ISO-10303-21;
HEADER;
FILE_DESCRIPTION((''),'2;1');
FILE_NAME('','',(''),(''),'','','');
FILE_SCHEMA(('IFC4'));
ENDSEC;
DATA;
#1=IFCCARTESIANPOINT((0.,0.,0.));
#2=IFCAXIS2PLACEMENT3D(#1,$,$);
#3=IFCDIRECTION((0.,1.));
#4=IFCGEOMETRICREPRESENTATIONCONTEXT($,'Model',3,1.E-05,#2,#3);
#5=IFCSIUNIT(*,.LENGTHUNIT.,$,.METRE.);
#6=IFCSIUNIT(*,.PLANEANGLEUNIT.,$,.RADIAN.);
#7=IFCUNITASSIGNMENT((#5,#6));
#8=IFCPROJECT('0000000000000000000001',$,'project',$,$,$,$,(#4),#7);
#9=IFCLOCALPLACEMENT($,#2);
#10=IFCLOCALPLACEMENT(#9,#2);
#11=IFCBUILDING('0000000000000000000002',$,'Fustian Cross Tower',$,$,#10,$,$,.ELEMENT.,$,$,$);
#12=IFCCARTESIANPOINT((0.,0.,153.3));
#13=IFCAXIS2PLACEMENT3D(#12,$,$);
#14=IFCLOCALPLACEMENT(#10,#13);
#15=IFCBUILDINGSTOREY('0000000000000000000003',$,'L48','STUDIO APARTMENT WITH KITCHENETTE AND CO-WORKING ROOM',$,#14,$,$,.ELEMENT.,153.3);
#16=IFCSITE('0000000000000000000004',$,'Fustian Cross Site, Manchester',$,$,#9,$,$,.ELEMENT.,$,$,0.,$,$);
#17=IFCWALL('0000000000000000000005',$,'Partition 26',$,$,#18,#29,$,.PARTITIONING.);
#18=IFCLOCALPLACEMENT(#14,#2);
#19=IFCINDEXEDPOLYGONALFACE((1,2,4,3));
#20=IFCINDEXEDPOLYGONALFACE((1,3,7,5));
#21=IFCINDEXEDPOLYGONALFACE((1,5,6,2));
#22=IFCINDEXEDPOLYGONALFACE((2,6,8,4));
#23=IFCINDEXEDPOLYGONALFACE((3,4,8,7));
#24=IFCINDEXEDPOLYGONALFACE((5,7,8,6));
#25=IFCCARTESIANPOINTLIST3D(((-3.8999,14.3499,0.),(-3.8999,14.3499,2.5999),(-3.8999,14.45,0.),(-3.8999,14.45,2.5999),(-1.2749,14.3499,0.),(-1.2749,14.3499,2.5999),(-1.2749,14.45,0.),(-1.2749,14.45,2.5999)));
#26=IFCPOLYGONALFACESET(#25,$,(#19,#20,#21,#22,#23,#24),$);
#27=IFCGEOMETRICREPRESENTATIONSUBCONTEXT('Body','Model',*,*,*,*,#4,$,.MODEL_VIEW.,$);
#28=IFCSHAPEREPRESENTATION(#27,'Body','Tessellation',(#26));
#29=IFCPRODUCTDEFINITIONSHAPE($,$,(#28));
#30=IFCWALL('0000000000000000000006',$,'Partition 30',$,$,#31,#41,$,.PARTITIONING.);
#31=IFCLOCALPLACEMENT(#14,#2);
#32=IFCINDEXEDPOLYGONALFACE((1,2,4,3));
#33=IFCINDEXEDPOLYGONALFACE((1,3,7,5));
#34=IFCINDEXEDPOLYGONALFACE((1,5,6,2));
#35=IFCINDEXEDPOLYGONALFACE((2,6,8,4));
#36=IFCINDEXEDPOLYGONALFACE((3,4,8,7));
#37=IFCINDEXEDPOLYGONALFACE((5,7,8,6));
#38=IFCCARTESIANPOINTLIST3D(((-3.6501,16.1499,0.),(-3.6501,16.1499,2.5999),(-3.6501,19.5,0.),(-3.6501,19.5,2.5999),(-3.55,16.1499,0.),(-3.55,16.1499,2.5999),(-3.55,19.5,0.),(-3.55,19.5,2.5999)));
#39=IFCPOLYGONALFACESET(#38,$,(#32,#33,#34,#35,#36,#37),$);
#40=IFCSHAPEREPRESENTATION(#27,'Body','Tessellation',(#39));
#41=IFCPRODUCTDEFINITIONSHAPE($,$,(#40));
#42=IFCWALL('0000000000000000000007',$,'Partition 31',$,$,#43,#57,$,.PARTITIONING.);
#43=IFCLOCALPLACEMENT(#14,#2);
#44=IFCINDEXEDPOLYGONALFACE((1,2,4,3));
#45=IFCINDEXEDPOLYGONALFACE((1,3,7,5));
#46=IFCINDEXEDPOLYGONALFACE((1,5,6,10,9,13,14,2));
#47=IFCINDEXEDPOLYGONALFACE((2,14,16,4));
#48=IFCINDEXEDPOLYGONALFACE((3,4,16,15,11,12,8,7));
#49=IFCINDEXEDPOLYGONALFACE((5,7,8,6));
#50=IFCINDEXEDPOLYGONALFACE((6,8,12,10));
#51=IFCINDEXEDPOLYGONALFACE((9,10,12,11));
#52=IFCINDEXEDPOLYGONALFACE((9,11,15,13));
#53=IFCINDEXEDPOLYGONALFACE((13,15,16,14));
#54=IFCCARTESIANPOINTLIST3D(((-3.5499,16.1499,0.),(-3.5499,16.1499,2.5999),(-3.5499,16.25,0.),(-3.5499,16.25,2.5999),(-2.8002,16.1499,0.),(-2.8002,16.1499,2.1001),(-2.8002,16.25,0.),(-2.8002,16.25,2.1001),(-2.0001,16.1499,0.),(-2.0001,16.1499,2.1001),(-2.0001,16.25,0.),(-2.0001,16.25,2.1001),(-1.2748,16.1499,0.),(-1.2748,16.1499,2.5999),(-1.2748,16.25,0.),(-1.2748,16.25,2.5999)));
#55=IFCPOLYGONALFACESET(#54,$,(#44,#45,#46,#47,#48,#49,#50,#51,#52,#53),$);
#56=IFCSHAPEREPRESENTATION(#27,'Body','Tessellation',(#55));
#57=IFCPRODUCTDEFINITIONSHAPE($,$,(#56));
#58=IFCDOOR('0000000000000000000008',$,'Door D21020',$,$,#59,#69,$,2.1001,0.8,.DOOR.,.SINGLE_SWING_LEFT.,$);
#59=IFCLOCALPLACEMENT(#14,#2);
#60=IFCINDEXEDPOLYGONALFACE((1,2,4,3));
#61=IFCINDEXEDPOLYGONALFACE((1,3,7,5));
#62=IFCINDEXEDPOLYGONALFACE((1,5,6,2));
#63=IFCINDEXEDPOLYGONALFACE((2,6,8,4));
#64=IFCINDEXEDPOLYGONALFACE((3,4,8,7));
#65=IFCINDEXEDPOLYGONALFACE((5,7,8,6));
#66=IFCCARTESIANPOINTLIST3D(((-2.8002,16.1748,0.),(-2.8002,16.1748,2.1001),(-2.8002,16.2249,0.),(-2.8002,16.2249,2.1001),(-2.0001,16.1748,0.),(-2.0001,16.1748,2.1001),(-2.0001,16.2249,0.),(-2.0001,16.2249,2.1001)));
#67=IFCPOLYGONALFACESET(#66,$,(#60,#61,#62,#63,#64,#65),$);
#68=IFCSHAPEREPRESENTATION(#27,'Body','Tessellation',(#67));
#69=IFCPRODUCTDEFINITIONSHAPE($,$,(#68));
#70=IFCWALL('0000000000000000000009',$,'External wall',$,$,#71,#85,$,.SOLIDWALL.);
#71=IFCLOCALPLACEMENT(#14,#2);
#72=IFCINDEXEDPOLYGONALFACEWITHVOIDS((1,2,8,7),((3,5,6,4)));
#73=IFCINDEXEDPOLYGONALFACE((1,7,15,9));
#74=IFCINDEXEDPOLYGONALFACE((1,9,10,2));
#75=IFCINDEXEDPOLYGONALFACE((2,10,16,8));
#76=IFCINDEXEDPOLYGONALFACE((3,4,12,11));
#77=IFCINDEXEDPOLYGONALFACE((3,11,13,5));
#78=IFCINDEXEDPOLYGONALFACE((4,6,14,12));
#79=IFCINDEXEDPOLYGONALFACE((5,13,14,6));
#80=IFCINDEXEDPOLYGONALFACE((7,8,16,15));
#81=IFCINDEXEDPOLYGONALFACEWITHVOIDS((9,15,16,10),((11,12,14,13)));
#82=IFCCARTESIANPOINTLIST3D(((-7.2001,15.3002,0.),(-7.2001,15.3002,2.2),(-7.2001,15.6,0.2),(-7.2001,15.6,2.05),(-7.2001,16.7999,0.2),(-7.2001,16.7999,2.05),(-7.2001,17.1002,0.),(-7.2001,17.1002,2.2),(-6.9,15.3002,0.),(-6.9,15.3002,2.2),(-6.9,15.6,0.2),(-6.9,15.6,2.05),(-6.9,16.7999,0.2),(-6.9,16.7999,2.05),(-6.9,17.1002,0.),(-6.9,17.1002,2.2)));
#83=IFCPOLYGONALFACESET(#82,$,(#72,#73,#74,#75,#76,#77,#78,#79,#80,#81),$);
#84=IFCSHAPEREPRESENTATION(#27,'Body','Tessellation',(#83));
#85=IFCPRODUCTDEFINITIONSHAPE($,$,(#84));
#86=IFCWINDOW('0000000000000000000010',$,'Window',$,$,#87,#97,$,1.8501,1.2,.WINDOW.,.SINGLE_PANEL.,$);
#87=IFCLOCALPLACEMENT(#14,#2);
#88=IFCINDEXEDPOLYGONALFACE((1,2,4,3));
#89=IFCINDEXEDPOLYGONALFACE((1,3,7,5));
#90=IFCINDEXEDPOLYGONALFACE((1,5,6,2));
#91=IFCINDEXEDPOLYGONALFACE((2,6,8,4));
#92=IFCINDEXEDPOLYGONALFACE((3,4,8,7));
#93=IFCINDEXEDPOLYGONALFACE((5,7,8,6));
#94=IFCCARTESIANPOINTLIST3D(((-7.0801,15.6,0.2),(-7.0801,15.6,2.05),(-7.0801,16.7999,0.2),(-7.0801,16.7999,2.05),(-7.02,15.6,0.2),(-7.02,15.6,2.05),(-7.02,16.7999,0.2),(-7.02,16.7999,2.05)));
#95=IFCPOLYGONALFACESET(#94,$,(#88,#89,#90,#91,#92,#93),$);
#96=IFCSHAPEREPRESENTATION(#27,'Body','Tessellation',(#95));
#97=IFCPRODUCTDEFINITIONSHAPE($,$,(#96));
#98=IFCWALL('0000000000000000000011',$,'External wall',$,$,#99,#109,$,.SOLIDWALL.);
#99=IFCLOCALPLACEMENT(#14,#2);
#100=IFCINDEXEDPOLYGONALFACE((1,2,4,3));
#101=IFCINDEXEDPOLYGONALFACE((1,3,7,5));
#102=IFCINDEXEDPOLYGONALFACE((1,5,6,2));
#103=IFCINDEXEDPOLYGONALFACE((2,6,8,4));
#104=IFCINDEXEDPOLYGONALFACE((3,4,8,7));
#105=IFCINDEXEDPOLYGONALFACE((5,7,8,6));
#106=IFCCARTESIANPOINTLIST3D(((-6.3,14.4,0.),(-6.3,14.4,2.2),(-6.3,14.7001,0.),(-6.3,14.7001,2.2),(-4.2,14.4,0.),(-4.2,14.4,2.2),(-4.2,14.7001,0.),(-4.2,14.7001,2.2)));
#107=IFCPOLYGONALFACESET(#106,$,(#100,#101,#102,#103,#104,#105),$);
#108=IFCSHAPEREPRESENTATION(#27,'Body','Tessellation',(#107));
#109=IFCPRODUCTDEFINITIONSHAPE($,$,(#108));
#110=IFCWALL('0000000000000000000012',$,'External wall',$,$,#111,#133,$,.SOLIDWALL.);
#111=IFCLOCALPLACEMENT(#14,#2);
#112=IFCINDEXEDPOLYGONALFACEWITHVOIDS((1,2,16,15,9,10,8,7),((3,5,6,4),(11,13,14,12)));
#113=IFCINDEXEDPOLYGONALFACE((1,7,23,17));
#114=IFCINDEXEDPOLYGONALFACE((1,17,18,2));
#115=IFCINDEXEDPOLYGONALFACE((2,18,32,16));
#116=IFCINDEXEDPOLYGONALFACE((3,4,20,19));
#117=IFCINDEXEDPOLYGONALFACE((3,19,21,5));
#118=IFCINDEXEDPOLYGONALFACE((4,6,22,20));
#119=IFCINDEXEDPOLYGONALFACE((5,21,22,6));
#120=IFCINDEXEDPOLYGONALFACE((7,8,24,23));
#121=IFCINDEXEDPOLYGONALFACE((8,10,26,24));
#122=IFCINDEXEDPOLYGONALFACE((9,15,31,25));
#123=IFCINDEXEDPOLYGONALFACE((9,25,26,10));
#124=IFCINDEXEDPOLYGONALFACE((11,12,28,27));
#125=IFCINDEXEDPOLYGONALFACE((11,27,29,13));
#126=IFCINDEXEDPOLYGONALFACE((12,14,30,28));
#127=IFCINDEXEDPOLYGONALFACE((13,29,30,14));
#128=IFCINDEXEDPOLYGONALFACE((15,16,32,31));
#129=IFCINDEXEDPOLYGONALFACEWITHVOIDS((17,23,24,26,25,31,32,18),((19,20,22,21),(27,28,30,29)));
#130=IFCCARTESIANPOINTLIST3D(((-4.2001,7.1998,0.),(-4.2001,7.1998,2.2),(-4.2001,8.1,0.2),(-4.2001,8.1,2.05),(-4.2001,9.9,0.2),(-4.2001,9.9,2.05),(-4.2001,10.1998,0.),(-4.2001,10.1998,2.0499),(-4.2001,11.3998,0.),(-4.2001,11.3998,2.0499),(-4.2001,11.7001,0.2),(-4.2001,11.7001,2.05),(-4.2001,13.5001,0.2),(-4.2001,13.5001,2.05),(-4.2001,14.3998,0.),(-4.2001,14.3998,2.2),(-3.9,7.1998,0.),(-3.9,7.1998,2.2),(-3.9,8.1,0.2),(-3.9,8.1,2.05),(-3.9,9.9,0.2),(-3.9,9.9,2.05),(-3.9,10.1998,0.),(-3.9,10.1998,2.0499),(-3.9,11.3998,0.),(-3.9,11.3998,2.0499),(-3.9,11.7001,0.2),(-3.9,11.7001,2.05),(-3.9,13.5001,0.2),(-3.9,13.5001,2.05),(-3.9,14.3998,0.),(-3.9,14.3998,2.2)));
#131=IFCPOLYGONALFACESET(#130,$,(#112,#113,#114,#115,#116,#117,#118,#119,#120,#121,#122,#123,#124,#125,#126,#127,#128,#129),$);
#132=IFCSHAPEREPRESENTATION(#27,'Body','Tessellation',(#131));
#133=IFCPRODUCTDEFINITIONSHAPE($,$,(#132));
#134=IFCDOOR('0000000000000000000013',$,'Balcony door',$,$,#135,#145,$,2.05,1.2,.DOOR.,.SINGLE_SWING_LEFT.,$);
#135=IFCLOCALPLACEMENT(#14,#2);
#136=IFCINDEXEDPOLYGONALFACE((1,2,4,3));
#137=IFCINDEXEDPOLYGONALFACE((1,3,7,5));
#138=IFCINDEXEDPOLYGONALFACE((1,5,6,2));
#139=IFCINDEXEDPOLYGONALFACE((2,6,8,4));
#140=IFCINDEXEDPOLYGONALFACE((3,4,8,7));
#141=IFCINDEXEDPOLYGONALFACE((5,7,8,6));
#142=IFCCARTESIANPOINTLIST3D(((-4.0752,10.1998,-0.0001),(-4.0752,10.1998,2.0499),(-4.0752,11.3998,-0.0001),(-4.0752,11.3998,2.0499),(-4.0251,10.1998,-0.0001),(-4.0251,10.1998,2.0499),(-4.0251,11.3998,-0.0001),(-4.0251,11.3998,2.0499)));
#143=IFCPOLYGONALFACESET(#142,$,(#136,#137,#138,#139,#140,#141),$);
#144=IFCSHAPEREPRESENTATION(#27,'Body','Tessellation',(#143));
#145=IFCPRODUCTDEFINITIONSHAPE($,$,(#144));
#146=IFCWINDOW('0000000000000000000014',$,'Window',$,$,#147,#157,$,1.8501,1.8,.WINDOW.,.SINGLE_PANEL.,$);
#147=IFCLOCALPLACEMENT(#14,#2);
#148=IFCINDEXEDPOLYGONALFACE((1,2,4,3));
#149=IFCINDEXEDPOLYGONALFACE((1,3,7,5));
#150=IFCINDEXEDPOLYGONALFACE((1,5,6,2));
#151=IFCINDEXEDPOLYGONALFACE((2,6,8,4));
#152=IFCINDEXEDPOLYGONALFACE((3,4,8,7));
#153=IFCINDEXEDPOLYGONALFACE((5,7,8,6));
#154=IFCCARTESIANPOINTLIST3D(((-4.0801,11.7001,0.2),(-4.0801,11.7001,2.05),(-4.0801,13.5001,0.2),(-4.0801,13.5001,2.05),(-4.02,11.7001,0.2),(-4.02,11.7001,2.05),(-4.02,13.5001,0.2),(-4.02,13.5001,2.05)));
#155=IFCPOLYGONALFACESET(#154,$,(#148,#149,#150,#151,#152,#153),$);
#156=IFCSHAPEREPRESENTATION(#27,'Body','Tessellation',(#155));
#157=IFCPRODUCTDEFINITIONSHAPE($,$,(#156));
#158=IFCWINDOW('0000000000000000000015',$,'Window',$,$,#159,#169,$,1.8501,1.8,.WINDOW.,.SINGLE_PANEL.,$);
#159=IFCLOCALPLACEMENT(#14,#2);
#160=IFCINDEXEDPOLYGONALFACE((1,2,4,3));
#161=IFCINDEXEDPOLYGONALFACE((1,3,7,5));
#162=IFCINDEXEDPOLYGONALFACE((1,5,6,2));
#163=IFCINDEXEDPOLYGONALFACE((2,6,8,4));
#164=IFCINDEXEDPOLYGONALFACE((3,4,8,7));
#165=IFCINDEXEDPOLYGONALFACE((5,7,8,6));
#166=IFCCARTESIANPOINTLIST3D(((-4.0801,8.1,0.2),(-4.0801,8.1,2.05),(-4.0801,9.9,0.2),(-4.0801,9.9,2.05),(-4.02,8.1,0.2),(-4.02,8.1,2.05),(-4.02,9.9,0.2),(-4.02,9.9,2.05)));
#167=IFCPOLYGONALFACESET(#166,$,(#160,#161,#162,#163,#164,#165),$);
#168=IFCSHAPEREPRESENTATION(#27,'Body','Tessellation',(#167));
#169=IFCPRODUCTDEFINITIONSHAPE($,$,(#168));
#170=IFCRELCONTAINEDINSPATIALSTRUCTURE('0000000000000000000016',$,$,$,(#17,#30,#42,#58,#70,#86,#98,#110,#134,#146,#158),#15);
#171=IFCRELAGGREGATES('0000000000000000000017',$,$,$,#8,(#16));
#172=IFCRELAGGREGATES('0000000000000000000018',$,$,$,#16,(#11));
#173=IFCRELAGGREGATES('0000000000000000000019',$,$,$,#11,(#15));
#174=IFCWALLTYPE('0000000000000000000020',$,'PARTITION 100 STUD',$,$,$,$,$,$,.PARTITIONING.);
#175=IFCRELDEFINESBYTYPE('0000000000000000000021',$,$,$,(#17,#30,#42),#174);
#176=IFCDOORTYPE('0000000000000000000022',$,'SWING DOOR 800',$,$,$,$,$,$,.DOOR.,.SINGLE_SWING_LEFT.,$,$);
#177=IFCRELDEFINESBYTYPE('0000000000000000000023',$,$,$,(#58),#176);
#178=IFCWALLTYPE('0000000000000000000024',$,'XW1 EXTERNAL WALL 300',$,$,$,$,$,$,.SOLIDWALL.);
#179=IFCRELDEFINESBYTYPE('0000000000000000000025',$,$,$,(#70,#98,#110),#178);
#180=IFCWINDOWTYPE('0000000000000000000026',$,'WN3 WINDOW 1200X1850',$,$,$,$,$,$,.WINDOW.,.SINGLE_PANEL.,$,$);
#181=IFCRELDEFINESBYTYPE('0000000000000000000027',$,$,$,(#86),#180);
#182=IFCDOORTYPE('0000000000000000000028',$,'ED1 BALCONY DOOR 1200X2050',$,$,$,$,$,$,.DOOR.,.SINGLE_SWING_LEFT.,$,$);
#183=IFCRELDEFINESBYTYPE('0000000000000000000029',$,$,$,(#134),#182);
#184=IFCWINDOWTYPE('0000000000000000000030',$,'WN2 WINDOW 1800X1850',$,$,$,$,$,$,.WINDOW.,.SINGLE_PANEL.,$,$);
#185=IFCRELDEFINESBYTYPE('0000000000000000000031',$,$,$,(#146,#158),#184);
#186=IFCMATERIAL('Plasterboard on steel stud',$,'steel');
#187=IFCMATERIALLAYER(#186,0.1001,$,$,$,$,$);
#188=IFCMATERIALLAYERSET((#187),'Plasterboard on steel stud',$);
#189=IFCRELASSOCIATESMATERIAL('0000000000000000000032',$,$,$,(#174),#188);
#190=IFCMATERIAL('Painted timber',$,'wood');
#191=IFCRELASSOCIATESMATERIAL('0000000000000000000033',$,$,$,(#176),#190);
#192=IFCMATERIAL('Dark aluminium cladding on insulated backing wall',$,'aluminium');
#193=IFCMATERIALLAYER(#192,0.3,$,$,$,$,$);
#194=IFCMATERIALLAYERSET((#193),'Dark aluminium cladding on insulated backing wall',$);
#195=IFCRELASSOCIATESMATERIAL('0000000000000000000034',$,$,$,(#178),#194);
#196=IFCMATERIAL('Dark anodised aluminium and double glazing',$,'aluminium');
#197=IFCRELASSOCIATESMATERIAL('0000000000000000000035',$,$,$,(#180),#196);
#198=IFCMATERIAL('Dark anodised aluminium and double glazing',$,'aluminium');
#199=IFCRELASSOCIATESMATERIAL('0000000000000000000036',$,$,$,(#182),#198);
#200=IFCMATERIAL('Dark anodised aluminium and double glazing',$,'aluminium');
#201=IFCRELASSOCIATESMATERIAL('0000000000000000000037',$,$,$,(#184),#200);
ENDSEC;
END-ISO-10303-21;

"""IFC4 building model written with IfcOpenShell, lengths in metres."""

from ifc_helpers import new_model, si_unit, direction, frame, frame_2d, origin, place, context, subcontext, project, spatial, rectangle, extrude, material, layer, layer_set, type_object, element, fill, save


model = new_model("IFC4")

# Units and contexts
model_context = context("Model", 3, precision=1e-05, world=origin(), true_north=direction((0.0, 1.0)))
body_context = subcontext(model_context, "Body", "Model", "MODEL_VIEW")
ifc_project = project(units=[si_unit("LENGTHUNIT", "METRE"), si_unit("PLANEANGLEUNIT", "RADIAN")], contexts=[model_context])

# Site, building, storey
site_placement = place(None, origin())
site = spatial("IfcSite", under=ifc_project, at=site_placement, Name="Fustian Cross Site, Manchester", CompositionType="ELEMENT", RefElevation=0.0)
building_placement = place(site_placement, origin())
building = spatial("IfcBuilding", under=site, at=building_placement, Name="Fustian Cross Tower", CompositionType="ELEMENT")
storey_placement = place(building_placement, frame((0.0, 0.0, 153.3)))
storey = spatial("IfcBuildingStorey", under=building, at=storey_placement, Name="L48", Description="STUDIO APARTMENT WITH KITCHENETTE AND CO-WORKING ROOM", CompositionType="ELEMENT", Elevation=153.3)

# Walls
ifc_material_1 = material(Name="Plasterboard on steel stud", Category="steel")
ifc_layer_1 = layer(ifc_material_1, 0.1001)
ifc_layer_set_1 = layer_set([ifc_layer_1], Name="Plasterboard on steel stud")
wall_type_1 = type_object("IfcWallType", Name="PARTITION 100 STUD", PredefinedType="PARTITIONING", material=ifc_layer_set_1)
wall_1_placement = place(storey_placement, frame((-3.8999, 14.3999, 0.0), z_axis=(0.0, 0.0, 1.0), x_axis=(1.0, 0.0, 0.0)))
element("IfcWall", 1, at=wall_1_placement, inside=storey, type_object=wall_type_1, Name="Partition 26", PredefinedType="PARTITIONING", context=body_context, shape_type="SweptSolid", body=[
    extrude(rectangle(XDim=2.625, YDim=0.1001, at=frame_2d((1.3125, 0.0))), origin(), (0.0, 0.0, 1.0), 2.5999),
])
wall_2_placement = place(storey_placement, frame((-3.6001, 16.1499, 0.0), z_axis=(0.0, 0.0, 1.0), x_axis=(0.0, 1.0, 0.0)))
element("IfcWall", 2, at=wall_2_placement, inside=storey, type_object=wall_type_1, Name="Partition 30", PredefinedType="PARTITIONING", context=body_context, shape_type="SweptSolid", body=[
    extrude(rectangle(XDim=3.3501, YDim=0.1001, at=frame_2d((1.675, 0.0))), origin(), (0.0, 0.0, 1.0), 2.5999),
])

# Wall, opening, door
wall_3_placement = place(storey_placement, frame((-3.55, 16.2, 0.0), z_axis=(0.0, 0.0, 1.0), x_axis=(1.0, 0.0, 0.0)))
wall_3 = element("IfcWall", 3, at=wall_3_placement, inside=storey, type_object=wall_type_1, Name="Partition 31", PredefinedType="PARTITIONING", context=body_context, shape_type="SweptSolid", body=[
    extrude(rectangle(XDim=2.2751, YDim=0.1001, at=frame_2d((1.1377, 0.0))), origin(), (0.0, 0.0, 1.0), 2.5999),
])
opening_1_placement = place(wall_3_placement, frame((0.75, 0.0, 0.0)))
opening_1 = element("IfcOpeningElement", 4, at=opening_1_placement, cuts=wall_3, PredefinedType="OPENING", context=body_context, shape_type="SweptSolid", body=[
    extrude(rectangle(XDim=0.8, YDim=2.1001, at=frame_2d((0.3999, 1.05))), frame((0.0, 0.0601, 0.0), z_axis=(0.0, -1.0, 0.0), x_axis=(1.0, 0.0, 0.0)), (0.0, 0.0, 1.0), 0.1201),
])
ifc_material_2 = material(Name="Painted timber", Category="wood")
door_type_1 = type_object("IfcDoorType", Name="SWING DOOR 800", OperationType="SINGLE_SWING_LEFT", PredefinedType="DOOR", material=ifc_material_2)
door_1_placement = place(opening_1_placement, origin())
door_1 = element("IfcDoor", 5, at=door_1_placement, inside=storey, type_object=door_type_1, Name="Door D21020", OperationType="SINGLE_SWING_LEFT", OverallHeight=2.1001, OverallWidth=0.8, PredefinedType="DOOR", context=body_context, shape_type="SweptSolid", body=[
    extrude(rectangle(XDim=0.8, YDim=2.1001, at=frame_2d((0.3999, 1.05))), frame((0.0, 0.0249, 0.0), z_axis=(0.0, -1.0, 0.0), x_axis=(1.0, 0.0, 0.0)), (0.0, 0.0, 1.0), 0.05),
])
fill(opening_1, door_1)

# Wall, opening, window
ifc_material_3 = material(Name="Dark aluminium cladding on insulated backing wall", Category="aluminium")
ifc_layer_2 = layer(ifc_material_3, 0.3)
ifc_layer_set_2 = layer_set([ifc_layer_2], Name="Dark aluminium cladding on insulated backing wall")
wall_type_2 = type_object("IfcWallType", Name="XW1 EXTERNAL WALL 300", PredefinedType="SOLIDWALL", material=ifc_layer_set_2)
wall_4_placement = place(storey_placement, frame((-7.05, 17.1001, 0.0), z_axis=(0.0, 0.0, 1.0), x_axis=(0.0, -1.0, 0.0)))
wall_4 = element("IfcWall", 6, at=wall_4_placement, inside=storey, type_object=wall_type_2, Name="External wall", PredefinedType="SOLIDWALL", context=body_context, shape_type="SweptSolid", body=[
    extrude(rectangle(XDim=1.8, YDim=0.3, at=frame_2d((0.8999, 0.0))), origin(), (0.0, 0.0, 1.0), 2.2),
])
opening_2_placement = place(wall_4_placement, frame((0.3, 0.0, 0.2)))
opening_2 = element("IfcOpeningElement", 7, at=opening_2_placement, cuts=wall_4, PredefinedType="OPENING", context=body_context, shape_type="SweptSolid", body=[
    extrude(rectangle(XDim=1.2, YDim=1.8501, at=frame_2d((0.6001, 0.925))), frame((0.0, 0.1599, 0.0), z_axis=(0.0, -1.0, 0.0), x_axis=(1.0, 0.0, 0.0)), (0.0, 0.0, 1.0), 0.3201),
])
ifc_material_4 = material(Name="Dark anodised aluminium and double glazing", Category="aluminium")
window_type_1 = type_object("IfcWindowType", Name="WN3 WINDOW 1200X1850", PartitioningType="SINGLE_PANEL", PredefinedType="WINDOW", material=ifc_material_4)
window_1_placement = place(opening_2_placement, origin())
window_1 = element("IfcWindow", 8, at=window_1_placement, inside=storey, type_object=window_type_1, Name="Window", OverallHeight=1.8501, OverallWidth=1.2, PartitioningType="SINGLE_PANEL", PredefinedType="WINDOW", context=body_context, shape_type="SweptSolid", body=[
    extrude(rectangle(XDim=1.2, YDim=1.8501, at=frame_2d((0.6001, 0.925))), frame((0.0, 0.03, 0.0), z_axis=(0.0, -1.0, 0.0), x_axis=(1.0, 0.0, 0.0)), (0.0, 0.0, 1.0), 0.0601),
])
fill(opening_2, window_1)

# Wall
wall_5_placement = place(storey_placement, frame((-6.3, 14.55, 0.0), z_axis=(0.0, 0.0, 1.0), x_axis=(1.0, 0.0, 0.0)))
element("IfcWall", 9, at=wall_5_placement, inside=storey, type_object=wall_type_2, Name="External wall", PredefinedType="SOLIDWALL", context=body_context, shape_type="SweptSolid", body=[
    extrude(rectangle(XDim=2.1001, YDim=0.3, at=frame_2d((1.05, 0.0))), origin(), (0.0, 0.0, 1.0), 2.2),
])

# Wall, openings, door, windows
wall_6_placement = place(storey_placement, frame((-4.05, 14.3999, 0.0), z_axis=(0.0, 0.0, 1.0), x_axis=(0.0, -1.0, 0.0)))
wall_6 = element("IfcWall", 10, at=wall_6_placement, inside=storey, type_object=wall_type_2, Name="External wall", PredefinedType="SOLIDWALL", context=body_context, shape_type="SweptSolid", body=[
    extrude(rectangle(XDim=7.2, YDim=0.3, at=frame_2d((3.6001, 0.0))), origin(), (0.0, 0.0, 1.0), 2.2),
])
opening_3_placement = place(wall_6_placement, frame((3.0, 0.0, 0.0)))
opening_3 = element("IfcOpeningElement", 11, at=opening_3_placement, cuts=wall_6, PredefinedType="OPENING", context=body_context, shape_type="SweptSolid", body=[
    extrude(rectangle(XDim=1.2, YDim=2.05, at=frame_2d((0.6001, 1.0249))), frame((0.0, 0.1599, 0.0), z_axis=(0.0, -1.0, 0.0), x_axis=(1.0, 0.0, 0.0)), (0.0, 0.0, 1.0), 0.3201),
])
opening_4_placement = place(wall_6_placement, frame((0.8999, 0.0, 0.2)))
opening_4 = element("IfcOpeningElement", 12, at=opening_4_placement, cuts=wall_6, PredefinedType="OPENING", context=body_context, shape_type="SweptSolid", body=[
    extrude(rectangle(XDim=1.8, YDim=1.8501, at=frame_2d((0.8999, 0.925))), frame((0.0, 0.1599, 0.0), z_axis=(0.0, -1.0, 0.0), x_axis=(1.0, 0.0, 0.0)), (0.0, 0.0, 1.0), 0.3201),
])
opening_5_placement = place(wall_6_placement, frame((4.5, 0.0, 0.2)))
opening_5 = element("IfcOpeningElement", 13, at=opening_5_placement, cuts=wall_6, PredefinedType="OPENING", context=body_context, shape_type="SweptSolid", body=[
    extrude(rectangle(XDim=1.8, YDim=1.8501, at=frame_2d((0.8999, 0.925))), frame((0.0, 0.1599, 0.0), z_axis=(0.0, -1.0, 0.0), x_axis=(1.0, 0.0, 0.0)), (0.0, 0.0, 1.0), 0.3201),
])
ifc_material_5 = material(Name="Dark anodised aluminium and double glazing", Category="aluminium")
door_type_2 = type_object("IfcDoorType", Name="ED1 BALCONY DOOR 1200X2050", OperationType="SINGLE_SWING_LEFT", PredefinedType="DOOR", material=ifc_material_5)
door_2_placement = place(opening_3_placement, origin())
door_2 = element("IfcDoor", 14, at=door_2_placement, inside=storey, type_object=door_type_2, Name="Balcony door", OperationType="SINGLE_SWING_LEFT", OverallHeight=2.05, OverallWidth=1.2, PredefinedType="DOOR", context=body_context, shape_type="SweptSolid", body=[
    extrude(rectangle(XDim=1.2, YDim=2.05, at=frame_2d((0.6001, 1.0249))), frame((0.0, 0.0249, 0.0), z_axis=(0.0, -1.0, 0.0), x_axis=(1.0, 0.0, 0.0)), (0.0, 0.0, 1.0), 0.05),
])
fill(opening_3, door_2)
ifc_material_6 = material(Name="Dark anodised aluminium and double glazing", Category="aluminium")
window_type_2 = type_object("IfcWindowType", Name="WN2 WINDOW 1800X1850", PartitioningType="SINGLE_PANEL", PredefinedType="WINDOW", material=ifc_material_6)
window_2_placement = place(opening_4_placement, origin())
window_2 = element("IfcWindow", 15, at=window_2_placement, inside=storey, type_object=window_type_2, Name="Window", OverallHeight=1.8501, OverallWidth=1.8, PartitioningType="SINGLE_PANEL", PredefinedType="WINDOW", context=body_context, shape_type="SweptSolid", body=[
    extrude(rectangle(XDim=1.8, YDim=1.8501, at=frame_2d((0.8999, 0.925))), frame((0.0, 0.03, 0.0), z_axis=(0.0, -1.0, 0.0), x_axis=(1.0, 0.0, 0.0)), (0.0, 0.0, 1.0), 0.0601),
])
fill(opening_4, window_2)
window_3_placement = place(opening_5_placement, origin())
window_3 = element("IfcWindow", 16, at=window_3_placement, inside=storey, type_object=window_type_2, Name="Window", OverallHeight=1.8501, OverallWidth=1.8, PartitioningType="SINGLE_PANEL", PredefinedType="WINDOW", context=body_context, shape_type="SweptSolid", body=[
    extrude(rectangle(XDim=1.8, YDim=1.8501, at=frame_2d((0.8999, 0.925))), frame((0.0, 0.03, 0.0), z_axis=(0.0, -1.0, 0.0), x_axis=(1.0, 0.0, 0.0)), (0.0, 0.0, 1.0), 0.0601),
])
fill(opening_5, window_3)

save(model, "model.ifc")
